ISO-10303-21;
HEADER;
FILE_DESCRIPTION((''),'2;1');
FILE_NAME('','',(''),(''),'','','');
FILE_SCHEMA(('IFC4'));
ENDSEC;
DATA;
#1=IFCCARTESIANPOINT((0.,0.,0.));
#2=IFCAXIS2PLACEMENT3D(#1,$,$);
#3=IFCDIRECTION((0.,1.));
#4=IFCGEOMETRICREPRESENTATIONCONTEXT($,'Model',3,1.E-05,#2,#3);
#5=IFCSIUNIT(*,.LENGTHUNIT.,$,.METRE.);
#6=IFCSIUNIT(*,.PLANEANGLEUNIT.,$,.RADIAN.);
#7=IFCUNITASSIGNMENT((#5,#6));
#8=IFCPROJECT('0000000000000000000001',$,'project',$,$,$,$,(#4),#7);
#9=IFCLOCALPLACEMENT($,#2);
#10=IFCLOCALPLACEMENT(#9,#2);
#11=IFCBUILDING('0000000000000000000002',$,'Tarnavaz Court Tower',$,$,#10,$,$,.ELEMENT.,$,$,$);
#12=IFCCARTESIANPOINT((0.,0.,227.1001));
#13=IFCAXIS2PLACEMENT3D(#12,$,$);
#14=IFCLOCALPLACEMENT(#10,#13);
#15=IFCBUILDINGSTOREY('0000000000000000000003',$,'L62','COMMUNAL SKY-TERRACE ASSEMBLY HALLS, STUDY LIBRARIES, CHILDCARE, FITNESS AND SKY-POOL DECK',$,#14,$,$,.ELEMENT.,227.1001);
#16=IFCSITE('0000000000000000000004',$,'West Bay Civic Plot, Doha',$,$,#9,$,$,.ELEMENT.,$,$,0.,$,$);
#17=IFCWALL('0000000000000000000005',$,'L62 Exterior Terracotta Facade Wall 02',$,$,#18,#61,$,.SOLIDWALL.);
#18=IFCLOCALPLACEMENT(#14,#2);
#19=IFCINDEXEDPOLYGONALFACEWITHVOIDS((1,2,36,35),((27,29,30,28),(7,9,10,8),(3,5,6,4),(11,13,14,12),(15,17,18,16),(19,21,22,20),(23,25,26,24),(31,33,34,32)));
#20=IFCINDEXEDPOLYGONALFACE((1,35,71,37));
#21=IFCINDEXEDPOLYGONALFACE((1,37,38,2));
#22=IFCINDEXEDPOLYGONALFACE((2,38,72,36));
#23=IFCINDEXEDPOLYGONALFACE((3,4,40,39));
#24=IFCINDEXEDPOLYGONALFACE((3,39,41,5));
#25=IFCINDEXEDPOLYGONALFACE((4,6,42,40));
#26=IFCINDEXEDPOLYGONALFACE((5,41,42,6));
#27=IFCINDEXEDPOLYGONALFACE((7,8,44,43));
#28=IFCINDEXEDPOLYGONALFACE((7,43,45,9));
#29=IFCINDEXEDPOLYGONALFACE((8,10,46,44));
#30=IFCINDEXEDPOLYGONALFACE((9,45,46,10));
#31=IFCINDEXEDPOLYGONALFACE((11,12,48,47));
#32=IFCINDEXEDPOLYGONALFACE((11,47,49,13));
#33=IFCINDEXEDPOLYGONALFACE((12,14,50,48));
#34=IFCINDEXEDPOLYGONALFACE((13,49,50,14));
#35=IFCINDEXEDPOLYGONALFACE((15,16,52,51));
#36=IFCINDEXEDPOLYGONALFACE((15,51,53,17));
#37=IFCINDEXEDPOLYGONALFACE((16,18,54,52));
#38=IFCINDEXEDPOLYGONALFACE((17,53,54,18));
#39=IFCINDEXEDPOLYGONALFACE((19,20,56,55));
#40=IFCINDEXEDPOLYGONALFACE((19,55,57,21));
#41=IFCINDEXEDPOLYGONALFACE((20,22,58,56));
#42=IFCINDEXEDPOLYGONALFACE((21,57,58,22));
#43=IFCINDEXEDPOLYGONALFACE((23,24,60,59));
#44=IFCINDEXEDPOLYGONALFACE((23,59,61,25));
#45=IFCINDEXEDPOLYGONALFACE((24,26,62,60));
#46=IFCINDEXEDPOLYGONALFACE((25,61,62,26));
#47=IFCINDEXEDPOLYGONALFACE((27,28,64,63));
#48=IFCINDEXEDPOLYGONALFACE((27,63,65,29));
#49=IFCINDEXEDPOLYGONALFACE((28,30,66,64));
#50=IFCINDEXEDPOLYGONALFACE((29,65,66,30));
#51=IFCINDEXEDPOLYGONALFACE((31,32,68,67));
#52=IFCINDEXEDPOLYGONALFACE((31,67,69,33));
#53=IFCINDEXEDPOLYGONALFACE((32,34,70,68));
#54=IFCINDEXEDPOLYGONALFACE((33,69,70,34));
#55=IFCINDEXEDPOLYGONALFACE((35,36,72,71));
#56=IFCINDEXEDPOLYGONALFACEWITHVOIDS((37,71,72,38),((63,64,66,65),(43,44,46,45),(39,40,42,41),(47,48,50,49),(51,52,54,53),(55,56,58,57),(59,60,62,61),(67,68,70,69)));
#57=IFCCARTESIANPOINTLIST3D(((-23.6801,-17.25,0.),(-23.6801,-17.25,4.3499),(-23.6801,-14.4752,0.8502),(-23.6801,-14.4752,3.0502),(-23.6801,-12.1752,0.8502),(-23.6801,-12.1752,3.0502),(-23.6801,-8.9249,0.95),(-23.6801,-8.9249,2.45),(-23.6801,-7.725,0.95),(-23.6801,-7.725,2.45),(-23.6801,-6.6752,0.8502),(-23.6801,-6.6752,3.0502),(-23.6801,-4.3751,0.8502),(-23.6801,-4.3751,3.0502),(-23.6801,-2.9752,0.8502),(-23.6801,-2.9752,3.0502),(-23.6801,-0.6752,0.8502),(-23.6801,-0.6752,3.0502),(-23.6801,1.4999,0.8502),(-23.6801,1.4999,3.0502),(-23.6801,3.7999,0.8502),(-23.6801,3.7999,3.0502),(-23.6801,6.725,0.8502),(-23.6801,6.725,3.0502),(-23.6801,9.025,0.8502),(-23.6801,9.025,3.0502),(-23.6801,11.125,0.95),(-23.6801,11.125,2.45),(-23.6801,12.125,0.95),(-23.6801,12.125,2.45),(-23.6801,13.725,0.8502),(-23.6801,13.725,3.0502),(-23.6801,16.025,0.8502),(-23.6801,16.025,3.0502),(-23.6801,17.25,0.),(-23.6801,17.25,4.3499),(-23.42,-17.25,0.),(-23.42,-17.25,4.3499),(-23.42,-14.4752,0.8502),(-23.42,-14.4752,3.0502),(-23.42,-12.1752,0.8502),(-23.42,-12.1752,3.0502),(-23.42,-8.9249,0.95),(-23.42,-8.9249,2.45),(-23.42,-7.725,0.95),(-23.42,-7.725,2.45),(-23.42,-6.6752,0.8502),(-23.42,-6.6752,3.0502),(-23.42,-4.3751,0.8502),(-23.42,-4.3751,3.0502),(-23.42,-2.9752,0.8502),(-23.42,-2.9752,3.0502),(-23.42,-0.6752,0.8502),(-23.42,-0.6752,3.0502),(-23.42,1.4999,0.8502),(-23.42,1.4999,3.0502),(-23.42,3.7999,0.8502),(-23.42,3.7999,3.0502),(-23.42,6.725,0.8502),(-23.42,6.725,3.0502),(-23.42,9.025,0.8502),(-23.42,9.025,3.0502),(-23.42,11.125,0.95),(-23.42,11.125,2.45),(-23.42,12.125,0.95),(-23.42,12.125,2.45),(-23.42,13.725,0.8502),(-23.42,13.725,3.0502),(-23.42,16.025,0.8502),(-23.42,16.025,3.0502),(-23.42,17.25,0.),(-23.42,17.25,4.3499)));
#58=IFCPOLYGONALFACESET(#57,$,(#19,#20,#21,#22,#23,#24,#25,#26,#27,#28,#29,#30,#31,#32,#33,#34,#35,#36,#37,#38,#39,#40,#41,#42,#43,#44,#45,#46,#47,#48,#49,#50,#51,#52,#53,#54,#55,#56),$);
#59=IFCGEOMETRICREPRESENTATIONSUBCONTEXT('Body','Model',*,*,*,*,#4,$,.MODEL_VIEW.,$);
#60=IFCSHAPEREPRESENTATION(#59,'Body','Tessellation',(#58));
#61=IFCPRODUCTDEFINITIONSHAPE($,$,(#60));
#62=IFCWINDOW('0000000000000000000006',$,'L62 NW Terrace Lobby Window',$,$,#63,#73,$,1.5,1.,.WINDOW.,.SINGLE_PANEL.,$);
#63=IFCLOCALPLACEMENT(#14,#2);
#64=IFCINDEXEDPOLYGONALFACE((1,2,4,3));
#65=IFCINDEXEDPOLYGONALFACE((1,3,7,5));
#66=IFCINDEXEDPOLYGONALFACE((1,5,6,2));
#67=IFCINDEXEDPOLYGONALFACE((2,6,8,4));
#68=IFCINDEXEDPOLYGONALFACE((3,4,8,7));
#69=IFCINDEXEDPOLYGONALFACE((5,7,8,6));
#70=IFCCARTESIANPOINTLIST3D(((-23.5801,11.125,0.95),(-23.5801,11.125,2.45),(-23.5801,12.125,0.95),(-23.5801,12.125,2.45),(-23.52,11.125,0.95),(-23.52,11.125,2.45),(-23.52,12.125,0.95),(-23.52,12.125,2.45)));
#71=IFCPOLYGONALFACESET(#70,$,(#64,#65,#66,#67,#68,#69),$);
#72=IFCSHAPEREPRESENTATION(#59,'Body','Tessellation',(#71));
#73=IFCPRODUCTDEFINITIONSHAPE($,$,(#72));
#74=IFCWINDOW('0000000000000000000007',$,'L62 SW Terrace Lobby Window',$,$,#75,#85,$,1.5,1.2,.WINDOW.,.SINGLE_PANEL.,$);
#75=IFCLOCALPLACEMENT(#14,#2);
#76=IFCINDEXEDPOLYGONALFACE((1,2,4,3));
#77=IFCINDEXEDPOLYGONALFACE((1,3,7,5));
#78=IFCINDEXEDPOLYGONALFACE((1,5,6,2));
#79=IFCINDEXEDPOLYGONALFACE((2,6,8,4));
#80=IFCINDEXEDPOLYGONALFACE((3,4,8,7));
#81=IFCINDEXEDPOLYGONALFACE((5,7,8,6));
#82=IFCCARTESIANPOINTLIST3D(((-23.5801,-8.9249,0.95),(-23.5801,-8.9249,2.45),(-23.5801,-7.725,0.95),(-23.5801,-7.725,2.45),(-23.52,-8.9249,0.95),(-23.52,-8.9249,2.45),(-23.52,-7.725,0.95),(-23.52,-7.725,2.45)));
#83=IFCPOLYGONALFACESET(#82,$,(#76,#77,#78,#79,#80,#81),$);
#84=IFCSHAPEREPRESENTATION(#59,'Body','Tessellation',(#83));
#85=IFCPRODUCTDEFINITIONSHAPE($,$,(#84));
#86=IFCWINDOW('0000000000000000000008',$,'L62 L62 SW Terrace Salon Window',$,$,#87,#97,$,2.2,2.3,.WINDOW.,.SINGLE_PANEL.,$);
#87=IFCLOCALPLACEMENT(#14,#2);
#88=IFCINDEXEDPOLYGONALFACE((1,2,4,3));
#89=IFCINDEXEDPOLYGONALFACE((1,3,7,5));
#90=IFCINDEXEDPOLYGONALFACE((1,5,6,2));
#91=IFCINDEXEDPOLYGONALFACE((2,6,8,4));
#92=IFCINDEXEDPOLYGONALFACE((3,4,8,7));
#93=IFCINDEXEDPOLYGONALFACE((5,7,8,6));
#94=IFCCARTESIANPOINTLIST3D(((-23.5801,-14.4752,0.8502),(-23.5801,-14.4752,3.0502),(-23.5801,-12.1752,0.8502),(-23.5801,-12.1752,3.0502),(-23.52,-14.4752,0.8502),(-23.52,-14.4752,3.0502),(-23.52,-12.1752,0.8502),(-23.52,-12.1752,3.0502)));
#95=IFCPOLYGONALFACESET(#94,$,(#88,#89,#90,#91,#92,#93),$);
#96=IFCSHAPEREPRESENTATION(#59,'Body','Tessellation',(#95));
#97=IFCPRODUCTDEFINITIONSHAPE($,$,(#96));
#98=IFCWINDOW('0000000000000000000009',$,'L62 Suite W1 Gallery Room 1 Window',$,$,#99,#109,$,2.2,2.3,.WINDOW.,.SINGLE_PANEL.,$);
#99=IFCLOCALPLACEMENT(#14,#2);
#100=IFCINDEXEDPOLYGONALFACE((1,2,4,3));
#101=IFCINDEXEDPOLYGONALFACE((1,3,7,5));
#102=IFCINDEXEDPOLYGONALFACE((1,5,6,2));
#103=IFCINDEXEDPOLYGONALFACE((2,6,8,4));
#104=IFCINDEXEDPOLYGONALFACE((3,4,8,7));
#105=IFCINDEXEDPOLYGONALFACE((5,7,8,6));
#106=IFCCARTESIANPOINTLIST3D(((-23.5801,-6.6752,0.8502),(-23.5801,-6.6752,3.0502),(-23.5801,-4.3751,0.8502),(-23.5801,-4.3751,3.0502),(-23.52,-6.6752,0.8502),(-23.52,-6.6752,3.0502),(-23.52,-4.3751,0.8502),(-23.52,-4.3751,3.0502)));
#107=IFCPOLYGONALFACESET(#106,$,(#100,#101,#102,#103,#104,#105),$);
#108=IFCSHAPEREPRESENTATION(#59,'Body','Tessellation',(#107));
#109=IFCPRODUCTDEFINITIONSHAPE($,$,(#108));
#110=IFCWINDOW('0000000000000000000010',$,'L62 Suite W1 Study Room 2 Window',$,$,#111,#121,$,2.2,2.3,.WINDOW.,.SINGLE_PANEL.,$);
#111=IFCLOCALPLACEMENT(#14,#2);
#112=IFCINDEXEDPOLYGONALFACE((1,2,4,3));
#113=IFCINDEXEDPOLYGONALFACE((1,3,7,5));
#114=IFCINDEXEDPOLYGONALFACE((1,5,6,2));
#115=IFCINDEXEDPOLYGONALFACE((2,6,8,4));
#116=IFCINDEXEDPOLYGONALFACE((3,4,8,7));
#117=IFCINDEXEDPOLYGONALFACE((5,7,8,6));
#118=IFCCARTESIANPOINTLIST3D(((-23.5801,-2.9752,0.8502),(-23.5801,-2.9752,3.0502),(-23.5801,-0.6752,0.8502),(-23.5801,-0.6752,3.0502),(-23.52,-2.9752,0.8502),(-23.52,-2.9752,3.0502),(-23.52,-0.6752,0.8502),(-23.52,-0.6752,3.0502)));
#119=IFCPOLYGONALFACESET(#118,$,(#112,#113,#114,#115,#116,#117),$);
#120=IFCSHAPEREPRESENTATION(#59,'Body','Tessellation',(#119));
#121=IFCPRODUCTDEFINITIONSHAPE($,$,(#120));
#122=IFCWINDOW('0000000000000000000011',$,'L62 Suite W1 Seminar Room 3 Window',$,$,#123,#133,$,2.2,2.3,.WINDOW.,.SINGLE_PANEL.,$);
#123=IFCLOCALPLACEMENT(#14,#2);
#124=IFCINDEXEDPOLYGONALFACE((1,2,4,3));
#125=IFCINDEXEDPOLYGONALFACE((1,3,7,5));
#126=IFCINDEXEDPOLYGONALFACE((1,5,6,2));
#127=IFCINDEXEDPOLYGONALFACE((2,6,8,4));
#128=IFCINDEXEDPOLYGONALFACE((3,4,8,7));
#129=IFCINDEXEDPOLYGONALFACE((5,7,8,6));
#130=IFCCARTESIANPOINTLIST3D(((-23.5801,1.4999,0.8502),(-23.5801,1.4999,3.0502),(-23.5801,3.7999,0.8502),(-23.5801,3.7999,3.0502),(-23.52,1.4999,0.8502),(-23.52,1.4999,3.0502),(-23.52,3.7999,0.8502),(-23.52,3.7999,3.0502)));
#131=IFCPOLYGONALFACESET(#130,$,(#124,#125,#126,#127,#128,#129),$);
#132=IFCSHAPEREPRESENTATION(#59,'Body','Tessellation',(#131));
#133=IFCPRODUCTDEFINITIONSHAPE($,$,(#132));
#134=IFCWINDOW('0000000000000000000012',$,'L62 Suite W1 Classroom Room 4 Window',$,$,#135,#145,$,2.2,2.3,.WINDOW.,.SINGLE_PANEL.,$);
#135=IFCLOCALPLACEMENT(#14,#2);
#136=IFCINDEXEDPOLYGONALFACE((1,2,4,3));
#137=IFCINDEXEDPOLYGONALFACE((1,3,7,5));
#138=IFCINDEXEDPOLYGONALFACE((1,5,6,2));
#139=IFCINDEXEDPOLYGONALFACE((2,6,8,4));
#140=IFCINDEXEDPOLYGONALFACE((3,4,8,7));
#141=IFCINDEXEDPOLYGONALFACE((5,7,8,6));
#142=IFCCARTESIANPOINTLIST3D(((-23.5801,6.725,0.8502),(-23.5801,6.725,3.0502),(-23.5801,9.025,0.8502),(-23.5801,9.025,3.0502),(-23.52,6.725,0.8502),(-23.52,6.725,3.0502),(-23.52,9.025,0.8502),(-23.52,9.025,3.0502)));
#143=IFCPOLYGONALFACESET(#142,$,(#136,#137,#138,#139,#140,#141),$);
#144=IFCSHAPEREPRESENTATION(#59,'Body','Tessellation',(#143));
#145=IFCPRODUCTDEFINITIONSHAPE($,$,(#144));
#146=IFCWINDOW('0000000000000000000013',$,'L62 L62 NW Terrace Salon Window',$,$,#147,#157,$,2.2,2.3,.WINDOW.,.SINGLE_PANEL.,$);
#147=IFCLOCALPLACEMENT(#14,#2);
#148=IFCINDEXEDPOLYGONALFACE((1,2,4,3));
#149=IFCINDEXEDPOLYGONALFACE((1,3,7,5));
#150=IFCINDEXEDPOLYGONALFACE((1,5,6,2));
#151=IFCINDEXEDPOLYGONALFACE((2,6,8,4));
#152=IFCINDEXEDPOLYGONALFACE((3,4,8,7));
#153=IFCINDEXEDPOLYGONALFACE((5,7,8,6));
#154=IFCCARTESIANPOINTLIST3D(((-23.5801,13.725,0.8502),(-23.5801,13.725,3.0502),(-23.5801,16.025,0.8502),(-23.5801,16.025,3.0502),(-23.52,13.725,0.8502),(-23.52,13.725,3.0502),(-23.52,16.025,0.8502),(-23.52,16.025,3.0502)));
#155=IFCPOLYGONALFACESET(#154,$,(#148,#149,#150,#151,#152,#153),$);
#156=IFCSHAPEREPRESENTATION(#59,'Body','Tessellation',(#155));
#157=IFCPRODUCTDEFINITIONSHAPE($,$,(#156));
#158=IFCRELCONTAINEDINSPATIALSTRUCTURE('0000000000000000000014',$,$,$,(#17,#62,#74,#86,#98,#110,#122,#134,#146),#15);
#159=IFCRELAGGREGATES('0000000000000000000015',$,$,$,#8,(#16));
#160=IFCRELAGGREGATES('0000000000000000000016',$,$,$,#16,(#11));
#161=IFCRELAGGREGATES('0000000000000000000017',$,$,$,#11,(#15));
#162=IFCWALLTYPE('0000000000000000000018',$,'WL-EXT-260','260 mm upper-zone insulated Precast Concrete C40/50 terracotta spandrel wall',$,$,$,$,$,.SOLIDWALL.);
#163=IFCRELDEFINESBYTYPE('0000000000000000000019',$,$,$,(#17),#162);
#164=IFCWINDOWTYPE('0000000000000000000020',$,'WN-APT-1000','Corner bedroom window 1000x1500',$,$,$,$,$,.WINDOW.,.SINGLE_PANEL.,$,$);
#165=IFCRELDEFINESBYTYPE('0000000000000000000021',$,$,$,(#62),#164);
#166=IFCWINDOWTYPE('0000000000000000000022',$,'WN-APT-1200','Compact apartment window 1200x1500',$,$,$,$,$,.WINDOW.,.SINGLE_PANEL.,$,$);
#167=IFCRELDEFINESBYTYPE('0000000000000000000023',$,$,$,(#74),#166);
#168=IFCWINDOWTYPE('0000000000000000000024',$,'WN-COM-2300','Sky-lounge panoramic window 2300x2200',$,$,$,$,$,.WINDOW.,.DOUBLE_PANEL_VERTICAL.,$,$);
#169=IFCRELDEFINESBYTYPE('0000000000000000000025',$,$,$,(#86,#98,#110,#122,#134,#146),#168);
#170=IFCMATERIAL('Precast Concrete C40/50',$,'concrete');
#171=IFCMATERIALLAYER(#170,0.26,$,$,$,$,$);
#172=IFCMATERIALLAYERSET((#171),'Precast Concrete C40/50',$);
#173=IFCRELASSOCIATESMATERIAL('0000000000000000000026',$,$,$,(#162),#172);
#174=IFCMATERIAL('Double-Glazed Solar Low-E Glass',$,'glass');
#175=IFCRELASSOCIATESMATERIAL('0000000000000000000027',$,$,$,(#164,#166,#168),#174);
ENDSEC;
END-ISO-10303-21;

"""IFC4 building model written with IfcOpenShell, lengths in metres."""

from ifc_helpers import new_model, si_unit, direction, frame, frame_2d, origin, place, context, subcontext, project, spatial, rectangle, extrude, material, layer, layer_set, type_object, element, fill, save


model = new_model("IFC4")

# Units and contexts
model_context = context("Model", 3, precision=1e-05, world=origin(), true_north=direction((0.0, 1.0)))
body_context = subcontext(model_context, "Body", "Model", "MODEL_VIEW")
ifc_project = project(units=[si_unit("LENGTHUNIT", "METRE"), si_unit("PLANEANGLEUNIT", "RADIAN")], contexts=[model_context])

# Site, building, storey
site_placement = place(None, origin())
site = spatial("IfcSite", under=ifc_project, at=site_placement, Name="West Bay Civic Plot, Doha", CompositionType="ELEMENT", RefElevation=0.0)
building_placement = place(site_placement, origin())
building = spatial("IfcBuilding", under=site, at=building_placement, Name="Tarnavaz Court Tower", CompositionType="ELEMENT")
storey_placement = place(building_placement, frame((0.0, 0.0, 227.1001)))
storey = spatial("IfcBuildingStorey", under=building, at=storey_placement, Name="L62", Description="COMMUNAL SKY-TERRACE ASSEMBLY HALLS, STUDY LIBRARIES, CHILDCARE, FITNESS AND SKY-POOL DECK", CompositionType="ELEMENT", Elevation=227.1001)

# Wall, openings, windows
ifc_material_1 = material(Name="Precast Concrete C40/50", Category="concrete")
ifc_layer = layer(ifc_material_1, 0.26)
ifc_layer_set = layer_set([ifc_layer], Name="Precast Concrete C40/50")
wall_type = type_object("IfcWallType", Name="WL-EXT-260", Description="260 mm upper-zone insulated Precast Concrete C40/50 terracotta spandrel wall", PredefinedType="SOLIDWALL", material=ifc_layer_set)
wall_1_placement = place(storey_placement, frame((-23.55, -17.25, 0.0), z_axis=(0.0, 0.0, 1.0), x_axis=(0.0, 1.0, 0.0)))
wall_1 = element("IfcWall", 1, at=wall_1_placement, inside=storey, type_object=wall_type, Name="L62 Exterior Terracotta Facade Wall 02", PredefinedType="SOLIDWALL", context=body_context, shape_type="SweptSolid", body=[
    extrude(rectangle(XDim=34.5, YDim=0.26, at=frame_2d((17.25, 0.0))), origin(), (0.0, 0.0, 1.0), 4.3499),
])
opening_1_placement = place(wall_1_placement, frame((2.7749, 0.0, 0.8501)))
opening_1 = element("IfcOpeningElement", 2, at=opening_1_placement, cuts=wall_1, PredefinedType="OPENING", context=body_context, shape_type="SweptSolid", body=[
    extrude(rectangle(XDim=2.3, YDim=2.2, at=frame_2d((1.1499, 1.1001))), frame((0.0, 0.1399, 0.0), z_axis=(0.0, -1.0, 0.0), x_axis=(1.0, 0.0, 0.0)), (0.0, 0.0, 1.0), 0.28),
])
opening_2_placement = place(wall_1_placement, frame((8.325, 0.0, 0.95)))
opening_2 = element("IfcOpeningElement", 3, at=opening_2_placement, cuts=wall_1, PredefinedType="OPENING", context=body_context, shape_type="SweptSolid", body=[
    extrude(rectangle(XDim=1.2, YDim=1.5, at=frame_2d((0.6001, 0.75))), frame((0.0, 0.1399, 0.0), z_axis=(0.0, -1.0, 0.0), x_axis=(1.0, 0.0, 0.0)), (0.0, 0.0, 1.0), 0.28),
])
opening_3_placement = place(wall_1_placement, frame((10.575, 0.0, 0.8501)))
opening_3 = element("IfcOpeningElement", 4, at=opening_3_placement, cuts=wall_1, PredefinedType="OPENING", context=body_context, shape_type="SweptSolid", body=[
    extrude(rectangle(XDim=2.3, YDim=2.2, at=frame_2d((1.1499, 1.1001))), frame((0.0, 0.1399, 0.0), z_axis=(0.0, -1.0, 0.0), x_axis=(1.0, 0.0, 0.0)), (0.0, 0.0, 1.0), 0.28),
])
opening_4_placement = place(wall_1_placement, frame((14.2749, 0.0, 0.8501)))
opening_4 = element("IfcOpeningElement", 5, at=opening_4_placement, cuts=wall_1, PredefinedType="OPENING", context=body_context, shape_type="SweptSolid", body=[
    extrude(rectangle(XDim=2.3, YDim=2.2, at=frame_2d((1.1499, 1.1001))), frame((0.0, 0.1399, 0.0), z_axis=(0.0, -1.0, 0.0), x_axis=(1.0, 0.0, 0.0)), (0.0, 0.0, 1.0), 0.28),
])
opening_5_placement = place(wall_1_placement, frame((18.75, 0.0, 0.8501)))
opening_5 = element("IfcOpeningElement", 6, at=opening_5_placement, cuts=wall_1, PredefinedType="OPENING", context=body_context, shape_type="SweptSolid", body=[
    extrude(rectangle(XDim=2.3, YDim=2.2, at=frame_2d((1.1499, 1.1001))), frame((0.0, 0.1399, 0.0), z_axis=(0.0, -1.0, 0.0), x_axis=(1.0, 0.0, 0.0)), (0.0, 0.0, 1.0), 0.28),
])
opening_6_placement = place(wall_1_placement, frame((23.9751, 0.0, 0.8501)))
opening_6 = element("IfcOpeningElement", 7, at=opening_6_placement, cuts=wall_1, PredefinedType="OPENING", context=body_context, shape_type="SweptSolid", body=[
    extrude(rectangle(XDim=2.3, YDim=2.2, at=frame_2d((1.1499, 1.1001))), frame((0.0, 0.1399, 0.0), z_axis=(0.0, -1.0, 0.0), x_axis=(1.0, 0.0, 0.0)), (0.0, 0.0, 1.0), 0.28),
])
opening_7_placement = place(wall_1_placement, frame((28.375, 0.0, 0.95)))
opening_7 = element("IfcOpeningElement", 8, at=opening_7_placement, cuts=wall_1, PredefinedType="OPENING", context=body_context, shape_type="SweptSolid", body=[
    extrude(rectangle(XDim=1.0, YDim=1.5, at=frame_2d((0.5, 0.75))), frame((0.0, 0.1399, 0.0), z_axis=(0.0, -1.0, 0.0), x_axis=(1.0, 0.0, 0.0)), (0.0, 0.0, 1.0), 0.28),
])
opening_8_placement = place(wall_1_placement, frame((30.9751, 0.0, 0.8501)))
opening_8 = element("IfcOpeningElement", 9, at=opening_8_placement, cuts=wall_1, PredefinedType="OPENING", context=body_context, shape_type="SweptSolid", body=[
    extrude(rectangle(XDim=2.3, YDim=2.2, at=frame_2d((1.1499, 1.1001))), frame((0.0, 0.1399, 0.0), z_axis=(0.0, -1.0, 0.0), x_axis=(1.0, 0.0, 0.0)), (0.0, 0.0, 1.0), 0.28),
])
ifc_material_2 = material(Name="Double-Glazed Solar Low-E Glass", Category="glass")
window_type_1 = type_object("IfcWindowType", Name="WN-APT-1000", Description="Corner bedroom window 1000x1500", PartitioningType="SINGLE_PANEL", PredefinedType="WINDOW", material=ifc_material_2)
window_1_placement = place(opening_7_placement, origin())
window_1 = element("IfcWindow", 10, at=window_1_placement, inside=storey, type_object=window_type_1, Name="L62 NW Terrace Lobby Window", OverallHeight=1.5, OverallWidth=1.0, PartitioningType="SINGLE_PANEL", PredefinedType="WINDOW", context=body_context, shape_type="SweptSolid", body=[
    extrude(rectangle(XDim=1.0, YDim=1.5, at=frame_2d((0.5, 0.75))), frame((0.0, 0.03, 0.0), z_axis=(0.0, -1.0, 0.0), x_axis=(1.0, 0.0, 0.0)), (0.0, 0.0, 1.0), 0.0601),
])
fill(opening_7, window_1)
window_type_2 = type_object("IfcWindowType", Name="WN-APT-1200", Description="Compact apartment window 1200x1500", PartitioningType="SINGLE_PANEL", PredefinedType="WINDOW", material=ifc_material_2)
window_2_placement = place(opening_2_placement, origin())
window_2 = element("IfcWindow", 11, at=window_2_placement, inside=storey, type_object=window_type_2, Name="L62 SW Terrace Lobby Window", OverallHeight=1.5, OverallWidth=1.2, PartitioningType="SINGLE_PANEL", PredefinedType="WINDOW", context=body_context, shape_type="SweptSolid", body=[
    extrude(rectangle(XDim=1.2, YDim=1.5, at=frame_2d((0.6001, 0.75))), frame((0.0, 0.03, 0.0), z_axis=(0.0, -1.0, 0.0), x_axis=(1.0, 0.0, 0.0)), (0.0, 0.0, 1.0), 0.0601),
])
fill(opening_2, window_2)
window_type_3 = type_object("IfcWindowType", Name="WN-COM-2300", Description="Sky-lounge panoramic window 2300x2200", PartitioningType="DOUBLE_PANEL_VERTICAL", PredefinedType="WINDOW", material=ifc_material_2)
window_3_placement = place(opening_1_placement, origin())
window_3 = element("IfcWindow", 12, at=window_3_placement, inside=storey, type_object=window_type_3, Name="L62 L62 SW Terrace Salon Window", OverallHeight=2.2, OverallWidth=2.3, PartitioningType="SINGLE_PANEL", PredefinedType="WINDOW", context=body_context, shape_type="SweptSolid", body=[
    extrude(rectangle(XDim=2.3, YDim=2.2, at=frame_2d((1.1499, 1.1001))), frame((0.0, 0.03, 0.0), z_axis=(0.0, -1.0, 0.0), x_axis=(1.0, 0.0, 0.0)), (0.0, 0.0, 1.0), 0.0601),
])
fill(opening_1, window_3)
window_4_placement = place(opening_3_placement, origin())
window_4 = element("IfcWindow", 13, at=window_4_placement, inside=storey, type_object=window_type_3, Name="L62 Suite W1 Gallery Room 1 Window", OverallHeight=2.2, OverallWidth=2.3, PartitioningType="SINGLE_PANEL", PredefinedType="WINDOW", context=body_context, shape_type="SweptSolid", body=[
    extrude(rectangle(XDim=2.3, YDim=2.2, at=frame_2d((1.1499, 1.1001))), frame((0.0, 0.03, 0.0), z_axis=(0.0, -1.0, 0.0), x_axis=(1.0, 0.0, 0.0)), (0.0, 0.0, 1.0), 0.0601),
])
fill(opening_3, window_4)
window_5_placement = place(opening_4_placement, origin())
window_5 = element("IfcWindow", 14, at=window_5_placement, inside=storey, type_object=window_type_3, Name="L62 Suite W1 Study Room 2 Window", OverallHeight=2.2, OverallWidth=2.3, PartitioningType="SINGLE_PANEL", PredefinedType="WINDOW", context=body_context, shape_type="SweptSolid", body=[
    extrude(rectangle(XDim=2.3, YDim=2.2, at=frame_2d((1.1499, 1.1001))), frame((0.0, 0.03, 0.0), z_axis=(0.0, -1.0, 0.0), x_axis=(1.0, 0.0, 0.0)), (0.0, 0.0, 1.0), 0.0601),
])
fill(opening_4, window_5)
window_6_placement = place(opening_5_placement, origin())
window_6 = element("IfcWindow", 15, at=window_6_placement, inside=storey, type_object=window_type_3, Name="L62 Suite W1 Seminar Room 3 Window", OverallHeight=2.2, OverallWidth=2.3, PartitioningType="SINGLE_PANEL", PredefinedType="WINDOW", context=body_context, shape_type="SweptSolid", body=[
    extrude(rectangle(XDim=2.3, YDim=2.2, at=frame_2d((1.1499, 1.1001))), frame((0.0, 0.03, 0.0), z_axis=(0.0, -1.0, 0.0), x_axis=(1.0, 0.0, 0.0)), (0.0, 0.0, 1.0), 0.0601),
])
fill(opening_5, window_6)
window_7_placement = place(opening_6_placement, origin())
window_7 = element("IfcWindow", 16, at=window_7_placement, inside=storey, type_object=window_type_3, Name="L62 Suite W1 Classroom Room 4 Window", OverallHeight=2.2, OverallWidth=2.3, PartitioningType="SINGLE_PANEL", PredefinedType="WINDOW", context=body_context, shape_type="SweptSolid", body=[
    extrude(rectangle(XDim=2.3, YDim=2.2, at=frame_2d((1.1499, 1.1001))), frame((0.0, 0.03, 0.0), z_axis=(0.0, -1.0, 0.0), x_axis=(1.0, 0.0, 0.0)), (0.0, 0.0, 1.0), 0.0601),
])
fill(opening_6, window_7)
window_8_placement = place(opening_8_placement, origin())
window_8 = element("IfcWindow", 17, at=window_8_placement, inside=storey, type_object=window_type_3, Name="L62 L62 NW Terrace Salon Window", OverallHeight=2.2, OverallWidth=2.3, PartitioningType="SINGLE_PANEL", PredefinedType="WINDOW", context=body_context, shape_type="SweptSolid", body=[
    extrude(rectangle(XDim=2.3, YDim=2.2, at=frame_2d((1.1499, 1.1001))), frame((0.0, 0.03, 0.0), z_axis=(0.0, -1.0, 0.0), x_axis=(1.0, 0.0, 0.0)), (0.0, 0.0, 1.0), 0.0601),
])
fill(opening_8, window_8)

save(model, "model.ifc")
